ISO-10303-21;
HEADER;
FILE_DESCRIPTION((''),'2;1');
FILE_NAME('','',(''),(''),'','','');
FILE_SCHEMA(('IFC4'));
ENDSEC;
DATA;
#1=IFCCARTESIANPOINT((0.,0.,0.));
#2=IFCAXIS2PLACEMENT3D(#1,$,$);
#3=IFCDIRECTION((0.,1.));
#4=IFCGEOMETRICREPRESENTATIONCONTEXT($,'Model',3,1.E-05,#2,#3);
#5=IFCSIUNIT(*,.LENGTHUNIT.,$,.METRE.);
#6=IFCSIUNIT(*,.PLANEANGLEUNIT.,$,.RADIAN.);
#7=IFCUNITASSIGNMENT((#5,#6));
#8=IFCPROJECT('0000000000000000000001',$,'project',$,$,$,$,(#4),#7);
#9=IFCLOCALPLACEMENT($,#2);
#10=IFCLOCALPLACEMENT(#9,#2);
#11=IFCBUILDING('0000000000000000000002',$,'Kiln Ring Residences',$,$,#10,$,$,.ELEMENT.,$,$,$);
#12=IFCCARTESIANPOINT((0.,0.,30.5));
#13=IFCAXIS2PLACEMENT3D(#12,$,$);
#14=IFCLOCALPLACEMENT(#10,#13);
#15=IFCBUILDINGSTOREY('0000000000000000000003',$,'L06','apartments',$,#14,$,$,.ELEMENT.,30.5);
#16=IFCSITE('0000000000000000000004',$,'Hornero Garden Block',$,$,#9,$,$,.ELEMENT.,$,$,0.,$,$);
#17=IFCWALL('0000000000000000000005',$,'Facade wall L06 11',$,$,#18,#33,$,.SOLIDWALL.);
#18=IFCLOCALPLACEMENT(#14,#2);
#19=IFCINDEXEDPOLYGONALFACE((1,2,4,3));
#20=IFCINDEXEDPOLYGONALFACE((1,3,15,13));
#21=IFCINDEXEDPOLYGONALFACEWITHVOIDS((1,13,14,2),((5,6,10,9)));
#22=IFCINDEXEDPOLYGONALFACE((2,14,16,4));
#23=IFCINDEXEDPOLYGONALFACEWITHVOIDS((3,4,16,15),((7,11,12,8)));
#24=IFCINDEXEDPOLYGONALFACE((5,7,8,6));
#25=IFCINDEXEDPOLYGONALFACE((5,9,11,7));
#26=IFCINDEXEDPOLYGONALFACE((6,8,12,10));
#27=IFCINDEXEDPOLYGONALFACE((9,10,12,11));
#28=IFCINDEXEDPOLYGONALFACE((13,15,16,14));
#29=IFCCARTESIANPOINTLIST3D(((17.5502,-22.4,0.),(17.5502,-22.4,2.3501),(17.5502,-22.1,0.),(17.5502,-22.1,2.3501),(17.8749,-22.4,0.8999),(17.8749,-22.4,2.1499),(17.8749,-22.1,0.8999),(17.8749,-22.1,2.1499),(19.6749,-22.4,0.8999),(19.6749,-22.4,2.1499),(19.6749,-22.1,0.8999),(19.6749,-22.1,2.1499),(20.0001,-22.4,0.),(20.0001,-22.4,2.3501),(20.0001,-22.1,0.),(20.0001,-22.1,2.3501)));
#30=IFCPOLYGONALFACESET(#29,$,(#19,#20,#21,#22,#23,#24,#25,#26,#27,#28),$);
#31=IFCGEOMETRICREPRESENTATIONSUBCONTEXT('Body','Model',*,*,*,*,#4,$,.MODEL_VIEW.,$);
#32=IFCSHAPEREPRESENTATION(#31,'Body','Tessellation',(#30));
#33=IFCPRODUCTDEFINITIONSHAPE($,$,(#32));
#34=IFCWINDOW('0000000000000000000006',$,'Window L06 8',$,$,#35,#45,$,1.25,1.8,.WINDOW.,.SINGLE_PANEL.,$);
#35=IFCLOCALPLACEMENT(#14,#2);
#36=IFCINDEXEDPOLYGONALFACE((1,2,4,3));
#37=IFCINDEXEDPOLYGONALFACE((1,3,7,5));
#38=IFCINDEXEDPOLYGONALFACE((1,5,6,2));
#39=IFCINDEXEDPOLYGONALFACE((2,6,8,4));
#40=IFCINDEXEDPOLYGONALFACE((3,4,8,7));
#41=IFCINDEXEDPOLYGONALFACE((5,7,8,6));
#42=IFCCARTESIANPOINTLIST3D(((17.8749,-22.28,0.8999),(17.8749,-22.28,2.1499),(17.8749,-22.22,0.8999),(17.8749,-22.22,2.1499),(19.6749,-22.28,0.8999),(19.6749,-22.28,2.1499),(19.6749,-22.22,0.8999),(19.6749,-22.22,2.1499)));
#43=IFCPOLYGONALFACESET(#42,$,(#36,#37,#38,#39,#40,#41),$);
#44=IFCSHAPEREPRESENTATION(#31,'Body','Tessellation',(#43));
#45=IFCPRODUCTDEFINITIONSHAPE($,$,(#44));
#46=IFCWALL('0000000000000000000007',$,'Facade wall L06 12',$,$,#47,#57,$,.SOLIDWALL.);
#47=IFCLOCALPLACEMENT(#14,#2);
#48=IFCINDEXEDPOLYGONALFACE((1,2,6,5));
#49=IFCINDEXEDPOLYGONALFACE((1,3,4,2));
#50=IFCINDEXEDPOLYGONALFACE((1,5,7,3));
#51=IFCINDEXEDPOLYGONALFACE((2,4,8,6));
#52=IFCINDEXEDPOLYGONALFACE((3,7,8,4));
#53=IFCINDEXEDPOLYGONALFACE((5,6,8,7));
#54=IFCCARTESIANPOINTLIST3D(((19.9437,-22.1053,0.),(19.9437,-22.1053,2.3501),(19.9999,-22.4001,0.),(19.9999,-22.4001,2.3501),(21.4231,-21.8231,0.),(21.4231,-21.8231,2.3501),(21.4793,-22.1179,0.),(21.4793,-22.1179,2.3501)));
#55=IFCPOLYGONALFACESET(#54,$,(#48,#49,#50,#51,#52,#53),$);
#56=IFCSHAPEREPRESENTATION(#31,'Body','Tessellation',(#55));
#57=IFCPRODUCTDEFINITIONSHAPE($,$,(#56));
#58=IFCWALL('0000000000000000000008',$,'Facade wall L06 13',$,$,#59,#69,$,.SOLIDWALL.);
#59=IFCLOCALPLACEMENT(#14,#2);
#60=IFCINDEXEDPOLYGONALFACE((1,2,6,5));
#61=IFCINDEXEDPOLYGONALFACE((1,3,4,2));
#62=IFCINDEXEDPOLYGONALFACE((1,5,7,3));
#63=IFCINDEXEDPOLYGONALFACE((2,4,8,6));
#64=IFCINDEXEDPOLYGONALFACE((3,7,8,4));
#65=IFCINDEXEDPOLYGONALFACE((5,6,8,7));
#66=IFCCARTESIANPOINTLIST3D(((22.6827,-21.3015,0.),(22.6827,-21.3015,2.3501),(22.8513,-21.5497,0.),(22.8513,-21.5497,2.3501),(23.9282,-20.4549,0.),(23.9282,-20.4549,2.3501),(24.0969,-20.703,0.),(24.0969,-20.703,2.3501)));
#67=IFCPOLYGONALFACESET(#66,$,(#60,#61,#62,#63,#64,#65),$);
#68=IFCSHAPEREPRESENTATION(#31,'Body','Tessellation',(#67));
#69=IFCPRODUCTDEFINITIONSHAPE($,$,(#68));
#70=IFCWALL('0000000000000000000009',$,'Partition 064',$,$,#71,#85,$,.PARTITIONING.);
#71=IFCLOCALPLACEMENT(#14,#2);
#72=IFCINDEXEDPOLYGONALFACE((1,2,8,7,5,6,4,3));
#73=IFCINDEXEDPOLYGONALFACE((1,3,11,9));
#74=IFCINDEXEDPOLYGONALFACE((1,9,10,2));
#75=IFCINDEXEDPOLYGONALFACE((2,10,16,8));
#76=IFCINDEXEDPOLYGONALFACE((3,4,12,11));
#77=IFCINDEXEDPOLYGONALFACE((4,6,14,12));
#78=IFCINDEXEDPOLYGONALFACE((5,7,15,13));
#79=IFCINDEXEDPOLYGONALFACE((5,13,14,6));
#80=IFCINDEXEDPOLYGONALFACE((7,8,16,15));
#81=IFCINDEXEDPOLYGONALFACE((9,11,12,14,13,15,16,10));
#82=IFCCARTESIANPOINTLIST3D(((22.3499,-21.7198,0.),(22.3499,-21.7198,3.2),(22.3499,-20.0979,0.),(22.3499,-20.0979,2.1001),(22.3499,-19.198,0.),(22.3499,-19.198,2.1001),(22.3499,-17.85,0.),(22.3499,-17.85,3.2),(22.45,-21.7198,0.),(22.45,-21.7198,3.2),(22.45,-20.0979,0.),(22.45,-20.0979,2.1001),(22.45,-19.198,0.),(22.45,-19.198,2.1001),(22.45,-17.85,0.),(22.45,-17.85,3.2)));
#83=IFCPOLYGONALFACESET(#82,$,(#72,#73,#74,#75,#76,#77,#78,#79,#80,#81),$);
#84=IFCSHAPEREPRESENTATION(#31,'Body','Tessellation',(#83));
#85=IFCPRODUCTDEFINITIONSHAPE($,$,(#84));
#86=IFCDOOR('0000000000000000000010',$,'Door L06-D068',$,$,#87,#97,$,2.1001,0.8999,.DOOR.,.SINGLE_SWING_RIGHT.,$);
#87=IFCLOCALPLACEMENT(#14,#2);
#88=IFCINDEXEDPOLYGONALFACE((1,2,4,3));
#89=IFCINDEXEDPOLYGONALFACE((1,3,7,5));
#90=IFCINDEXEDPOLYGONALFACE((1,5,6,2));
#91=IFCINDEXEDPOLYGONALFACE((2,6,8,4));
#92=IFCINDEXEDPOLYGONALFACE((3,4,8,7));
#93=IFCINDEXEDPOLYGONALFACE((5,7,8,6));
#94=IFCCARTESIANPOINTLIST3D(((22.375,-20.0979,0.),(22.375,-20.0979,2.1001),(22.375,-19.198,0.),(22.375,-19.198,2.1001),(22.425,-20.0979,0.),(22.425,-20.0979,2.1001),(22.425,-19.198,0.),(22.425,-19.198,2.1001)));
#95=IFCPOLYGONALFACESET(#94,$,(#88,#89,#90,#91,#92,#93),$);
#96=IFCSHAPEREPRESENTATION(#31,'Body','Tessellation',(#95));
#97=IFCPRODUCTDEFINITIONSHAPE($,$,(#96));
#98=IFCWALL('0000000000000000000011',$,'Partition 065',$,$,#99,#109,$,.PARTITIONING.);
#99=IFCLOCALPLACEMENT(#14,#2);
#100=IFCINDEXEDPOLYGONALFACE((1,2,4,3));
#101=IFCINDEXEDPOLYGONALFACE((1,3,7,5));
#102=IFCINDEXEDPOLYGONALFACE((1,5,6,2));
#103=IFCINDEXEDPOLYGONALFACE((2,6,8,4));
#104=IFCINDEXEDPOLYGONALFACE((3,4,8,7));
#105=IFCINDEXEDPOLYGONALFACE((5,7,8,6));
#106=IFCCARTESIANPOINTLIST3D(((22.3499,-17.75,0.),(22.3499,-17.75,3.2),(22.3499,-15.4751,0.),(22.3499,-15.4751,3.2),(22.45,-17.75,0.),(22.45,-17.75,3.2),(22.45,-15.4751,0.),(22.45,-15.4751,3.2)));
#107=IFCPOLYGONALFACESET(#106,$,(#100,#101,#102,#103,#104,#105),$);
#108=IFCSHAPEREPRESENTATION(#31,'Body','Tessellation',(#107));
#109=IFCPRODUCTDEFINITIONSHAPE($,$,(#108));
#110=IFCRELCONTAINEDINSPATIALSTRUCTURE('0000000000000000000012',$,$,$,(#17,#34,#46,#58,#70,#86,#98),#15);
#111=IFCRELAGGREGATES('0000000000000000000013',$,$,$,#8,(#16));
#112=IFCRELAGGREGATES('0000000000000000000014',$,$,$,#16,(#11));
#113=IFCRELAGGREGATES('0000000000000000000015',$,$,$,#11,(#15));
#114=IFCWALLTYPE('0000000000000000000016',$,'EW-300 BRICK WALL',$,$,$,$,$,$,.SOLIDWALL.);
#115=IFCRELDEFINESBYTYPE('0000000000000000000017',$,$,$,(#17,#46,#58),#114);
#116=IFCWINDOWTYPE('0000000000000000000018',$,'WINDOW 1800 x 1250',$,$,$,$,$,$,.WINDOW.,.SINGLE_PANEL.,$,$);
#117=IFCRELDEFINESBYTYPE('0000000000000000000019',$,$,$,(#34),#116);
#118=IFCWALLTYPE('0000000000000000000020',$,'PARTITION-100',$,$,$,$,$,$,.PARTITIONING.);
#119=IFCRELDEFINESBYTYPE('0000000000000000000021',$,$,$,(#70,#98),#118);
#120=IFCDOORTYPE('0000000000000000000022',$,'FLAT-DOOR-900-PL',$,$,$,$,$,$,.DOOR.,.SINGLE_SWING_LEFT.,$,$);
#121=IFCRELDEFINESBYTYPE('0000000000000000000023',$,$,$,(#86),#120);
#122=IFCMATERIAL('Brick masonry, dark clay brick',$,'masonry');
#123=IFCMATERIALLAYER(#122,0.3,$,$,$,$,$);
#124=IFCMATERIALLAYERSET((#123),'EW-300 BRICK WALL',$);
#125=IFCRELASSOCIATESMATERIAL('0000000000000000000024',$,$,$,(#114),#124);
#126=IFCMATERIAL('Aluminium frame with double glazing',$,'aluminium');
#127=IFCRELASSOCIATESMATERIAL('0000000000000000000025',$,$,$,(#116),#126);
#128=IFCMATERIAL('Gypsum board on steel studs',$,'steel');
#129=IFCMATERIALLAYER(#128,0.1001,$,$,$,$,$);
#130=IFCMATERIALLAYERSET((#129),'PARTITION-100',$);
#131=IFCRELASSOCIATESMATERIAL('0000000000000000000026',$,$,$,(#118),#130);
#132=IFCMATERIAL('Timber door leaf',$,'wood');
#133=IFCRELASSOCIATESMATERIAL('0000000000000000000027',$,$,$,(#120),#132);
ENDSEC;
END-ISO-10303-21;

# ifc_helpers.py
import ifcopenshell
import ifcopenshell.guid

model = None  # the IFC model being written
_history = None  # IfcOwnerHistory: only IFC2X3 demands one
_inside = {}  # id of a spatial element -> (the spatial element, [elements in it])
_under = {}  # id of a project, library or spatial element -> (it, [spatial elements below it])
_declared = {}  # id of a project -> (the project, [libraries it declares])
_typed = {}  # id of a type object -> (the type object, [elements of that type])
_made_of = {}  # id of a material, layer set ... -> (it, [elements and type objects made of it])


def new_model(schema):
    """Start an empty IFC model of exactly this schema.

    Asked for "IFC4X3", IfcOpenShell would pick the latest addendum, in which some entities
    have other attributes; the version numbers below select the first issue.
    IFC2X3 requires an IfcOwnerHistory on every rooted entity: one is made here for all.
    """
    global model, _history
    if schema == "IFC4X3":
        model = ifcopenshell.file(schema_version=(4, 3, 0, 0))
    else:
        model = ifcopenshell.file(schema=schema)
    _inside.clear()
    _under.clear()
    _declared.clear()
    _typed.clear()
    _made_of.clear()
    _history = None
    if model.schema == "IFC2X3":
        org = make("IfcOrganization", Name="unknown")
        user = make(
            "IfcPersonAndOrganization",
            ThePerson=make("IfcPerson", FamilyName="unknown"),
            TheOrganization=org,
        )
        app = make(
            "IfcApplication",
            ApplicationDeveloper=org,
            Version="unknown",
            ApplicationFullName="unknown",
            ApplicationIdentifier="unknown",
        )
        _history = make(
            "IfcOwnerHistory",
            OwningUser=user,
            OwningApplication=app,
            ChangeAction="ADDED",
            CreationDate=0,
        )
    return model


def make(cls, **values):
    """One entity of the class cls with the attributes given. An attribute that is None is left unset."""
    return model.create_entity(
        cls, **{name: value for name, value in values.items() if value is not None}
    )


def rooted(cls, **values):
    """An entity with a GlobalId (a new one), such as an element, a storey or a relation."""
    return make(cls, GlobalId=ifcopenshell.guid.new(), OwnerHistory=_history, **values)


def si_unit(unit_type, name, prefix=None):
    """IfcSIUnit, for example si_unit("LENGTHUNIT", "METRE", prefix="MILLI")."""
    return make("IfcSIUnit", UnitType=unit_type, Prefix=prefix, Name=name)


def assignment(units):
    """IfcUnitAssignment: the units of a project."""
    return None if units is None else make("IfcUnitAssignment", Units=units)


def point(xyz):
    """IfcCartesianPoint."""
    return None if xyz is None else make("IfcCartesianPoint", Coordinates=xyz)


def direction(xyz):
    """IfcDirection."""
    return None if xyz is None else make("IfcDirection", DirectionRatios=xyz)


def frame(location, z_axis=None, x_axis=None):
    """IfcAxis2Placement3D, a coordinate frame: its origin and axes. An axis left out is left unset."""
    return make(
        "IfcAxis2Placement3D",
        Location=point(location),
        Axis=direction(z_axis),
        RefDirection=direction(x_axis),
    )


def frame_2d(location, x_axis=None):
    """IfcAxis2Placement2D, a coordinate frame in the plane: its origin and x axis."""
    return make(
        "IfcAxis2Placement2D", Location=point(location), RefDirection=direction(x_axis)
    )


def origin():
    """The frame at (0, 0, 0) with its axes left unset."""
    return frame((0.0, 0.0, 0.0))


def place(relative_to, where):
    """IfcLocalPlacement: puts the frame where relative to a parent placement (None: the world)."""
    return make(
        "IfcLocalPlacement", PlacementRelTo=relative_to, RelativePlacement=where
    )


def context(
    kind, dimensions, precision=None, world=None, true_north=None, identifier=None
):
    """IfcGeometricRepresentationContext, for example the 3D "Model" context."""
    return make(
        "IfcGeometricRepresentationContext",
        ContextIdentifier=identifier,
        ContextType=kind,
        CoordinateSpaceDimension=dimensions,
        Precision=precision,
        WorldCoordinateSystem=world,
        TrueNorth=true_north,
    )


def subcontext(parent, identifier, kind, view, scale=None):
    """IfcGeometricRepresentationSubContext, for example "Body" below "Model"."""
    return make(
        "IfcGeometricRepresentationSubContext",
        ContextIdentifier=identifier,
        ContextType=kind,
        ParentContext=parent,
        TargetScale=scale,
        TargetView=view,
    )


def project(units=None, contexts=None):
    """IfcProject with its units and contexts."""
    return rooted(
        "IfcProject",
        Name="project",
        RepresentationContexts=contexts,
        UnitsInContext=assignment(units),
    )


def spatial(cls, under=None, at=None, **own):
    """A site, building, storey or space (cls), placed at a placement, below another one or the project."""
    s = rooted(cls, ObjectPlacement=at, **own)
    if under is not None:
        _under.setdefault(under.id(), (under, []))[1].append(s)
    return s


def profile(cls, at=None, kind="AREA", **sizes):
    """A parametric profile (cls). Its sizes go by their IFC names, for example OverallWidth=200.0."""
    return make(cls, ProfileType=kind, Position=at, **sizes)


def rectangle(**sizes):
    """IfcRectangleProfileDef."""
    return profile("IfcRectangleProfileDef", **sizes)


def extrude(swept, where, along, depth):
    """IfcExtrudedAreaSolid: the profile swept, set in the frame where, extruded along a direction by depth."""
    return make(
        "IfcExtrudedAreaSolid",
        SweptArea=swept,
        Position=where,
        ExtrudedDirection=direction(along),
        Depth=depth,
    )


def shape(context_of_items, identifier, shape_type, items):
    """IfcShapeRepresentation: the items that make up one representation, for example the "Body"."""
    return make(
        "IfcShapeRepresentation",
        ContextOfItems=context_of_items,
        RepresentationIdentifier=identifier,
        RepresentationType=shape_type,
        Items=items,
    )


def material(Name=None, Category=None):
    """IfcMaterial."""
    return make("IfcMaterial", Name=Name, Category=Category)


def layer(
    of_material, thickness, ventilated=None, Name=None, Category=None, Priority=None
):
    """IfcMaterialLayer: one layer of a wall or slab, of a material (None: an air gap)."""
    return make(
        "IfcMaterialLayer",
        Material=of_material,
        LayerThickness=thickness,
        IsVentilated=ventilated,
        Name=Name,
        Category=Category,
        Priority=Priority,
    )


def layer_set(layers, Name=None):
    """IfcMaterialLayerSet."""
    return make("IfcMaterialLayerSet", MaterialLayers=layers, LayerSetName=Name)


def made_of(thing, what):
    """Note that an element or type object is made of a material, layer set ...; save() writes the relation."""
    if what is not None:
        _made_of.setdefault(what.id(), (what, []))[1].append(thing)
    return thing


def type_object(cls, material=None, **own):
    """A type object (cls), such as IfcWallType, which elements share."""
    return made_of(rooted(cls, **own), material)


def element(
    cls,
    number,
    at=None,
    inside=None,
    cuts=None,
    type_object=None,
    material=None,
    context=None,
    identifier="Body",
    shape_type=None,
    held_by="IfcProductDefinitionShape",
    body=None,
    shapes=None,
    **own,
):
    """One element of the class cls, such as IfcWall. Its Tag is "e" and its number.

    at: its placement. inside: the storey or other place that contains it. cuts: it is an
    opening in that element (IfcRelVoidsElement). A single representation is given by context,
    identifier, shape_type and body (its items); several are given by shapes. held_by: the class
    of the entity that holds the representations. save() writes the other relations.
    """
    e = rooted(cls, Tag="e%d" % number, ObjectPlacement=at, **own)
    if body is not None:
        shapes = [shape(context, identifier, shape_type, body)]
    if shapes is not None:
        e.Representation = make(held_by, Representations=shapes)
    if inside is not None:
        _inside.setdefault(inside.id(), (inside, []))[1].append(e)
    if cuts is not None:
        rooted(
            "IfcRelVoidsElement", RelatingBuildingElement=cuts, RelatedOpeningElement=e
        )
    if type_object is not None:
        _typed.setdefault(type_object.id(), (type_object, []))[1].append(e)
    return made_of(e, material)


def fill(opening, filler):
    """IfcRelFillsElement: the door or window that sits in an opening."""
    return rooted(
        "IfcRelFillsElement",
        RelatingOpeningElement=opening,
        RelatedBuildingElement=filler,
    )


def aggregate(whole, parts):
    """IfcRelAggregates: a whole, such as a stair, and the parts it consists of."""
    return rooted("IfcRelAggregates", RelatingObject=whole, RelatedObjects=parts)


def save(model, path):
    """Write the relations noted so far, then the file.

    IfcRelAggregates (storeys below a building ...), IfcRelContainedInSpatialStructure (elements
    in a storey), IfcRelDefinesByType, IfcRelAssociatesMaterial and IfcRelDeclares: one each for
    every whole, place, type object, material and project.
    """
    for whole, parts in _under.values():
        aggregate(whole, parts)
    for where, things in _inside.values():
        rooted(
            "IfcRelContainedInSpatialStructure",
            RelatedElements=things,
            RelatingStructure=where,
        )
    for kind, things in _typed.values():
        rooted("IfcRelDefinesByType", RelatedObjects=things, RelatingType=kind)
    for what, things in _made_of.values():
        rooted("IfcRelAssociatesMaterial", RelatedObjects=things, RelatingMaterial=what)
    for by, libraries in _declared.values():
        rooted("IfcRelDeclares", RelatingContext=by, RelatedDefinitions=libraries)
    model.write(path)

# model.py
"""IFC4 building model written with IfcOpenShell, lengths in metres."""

from ifc_helpers import new_model, si_unit, direction, frame, frame_2d, origin, place, context, subcontext, project, spatial, rectangle, extrude, material, layer, layer_set, type_object, element, fill, save


model = new_model("IFC4")

# Units and contexts
model_context = context("Model", 3, precision=1e-05, world=origin(), true_north=direction((0.0, 1.0)))
body_context = subcontext(model_context, "Body", "Model", "MODEL_VIEW")
ifc_project = project(units=[si_unit("LENGTHUNIT", "METRE"), si_unit("PLANEANGLEUNIT", "RADIAN")], contexts=[model_context])

# Site, building, storey
site_placement = place(None, origin())
site = spatial("IfcSite", under=ifc_project, at=site_placement, Name="Hornero Garden Block", CompositionType="ELEMENT", RefElevation=0.0)
building_placement = place(site_placement, origin())
building = spatial("IfcBuilding", under=site, at=building_placement, Name="Kiln Ring Residences", CompositionType="ELEMENT")
storey_placement = place(building_placement, frame((0.0, 0.0, 30.5)))
storey = spatial("IfcBuildingStorey", under=building, at=storey_placement, Name="L06", Description="apartments", CompositionType="ELEMENT", Elevation=30.5)

# Wall, opening, window
ifc_material_1 = material(Name="Brick masonry, dark clay brick", Category="masonry")
ifc_layer_1 = layer(ifc_material_1, 0.3)
ifc_layer_set_1 = layer_set([ifc_layer_1], Name="EW-300 BRICK WALL")
wall_type_1 = type_object("IfcWallType", Name="EW-300 BRICK WALL", PredefinedType="SOLIDWALL", material=ifc_layer_set_1)
wall_1_placement = place(storey_placement, frame((17.55, -22.25, 0.0), z_axis=(0.0, 0.0, 1.0), x_axis=(1.0, 0.0, 0.0)))
wall_1 = element("IfcWall", 1, at=wall_1_placement, inside=storey, type_object=wall_type_1, Name="Facade wall L06 11", PredefinedType="SOLIDWALL", context=body_context, shape_type="SweptSolid", body=[
    extrude(rectangle(XDim=2.45, YDim=0.3, at=frame_2d((1.2251, 0.0))), origin(), (0.0, 0.0, 1.0), 2.3501),
])
opening_1_placement = place(wall_1_placement, frame((0.325, 0.0, 0.8999)))
opening_1 = element("IfcOpeningElement", 2, at=opening_1_placement, cuts=wall_1, PredefinedType="OPENING", context=body_context, shape_type="SweptSolid", body=[
    extrude(rectangle(XDim=1.8, YDim=1.25, at=frame_2d((0.8999, 0.625))), frame((0.0, 0.1599, 0.0), z_axis=(0.0, -1.0, 0.0), x_axis=(1.0, 0.0, 0.0)), (0.0, 0.0, 1.0), 0.3201),
])
ifc_material_2 = material(Name="Aluminium frame with double glazing", Category="aluminium")
window_type = type_object("IfcWindowType", Name="WINDOW 1800 x 1250", PartitioningType="SINGLE_PANEL", PredefinedType="WINDOW", material=ifc_material_2)
window_placement = place(opening_1_placement, origin())
window = element("IfcWindow", 3, at=window_placement, inside=storey, type_object=window_type, Name="Window L06 8", OverallHeight=1.25, OverallWidth=1.8, PartitioningType="SINGLE_PANEL", PredefinedType="WINDOW", context=body_context, shape_type="SweptSolid", body=[
    extrude(rectangle(XDim=1.8, YDim=1.25, at=frame_2d((0.8999, 0.625))), frame((0.0, 0.03, 0.0), z_axis=(0.0, -1.0, 0.0), x_axis=(1.0, 0.0, 0.0)), (0.0, 0.0, 1.0), 0.0601),
])
fill(opening_1, window)

# Walls
for number, where, z_axis, x_axis, name in (
    (4, (19.9719, -22.2527, 0.0), (0.0, 0.0, 1.0), (0.982287, 0.18738, 0.0), "Facade wall L06 12"),
    (5, (22.7671, -21.4255, 0.0), (0.0, 0.0, 1.0), (0.827029, 0.562159, 0.0), "Facade wall L06 13"),
):
    element("IfcWall", number, at=place(storey_placement, frame(where, z_axis=z_axis, x_axis=x_axis)), inside=storey, type_object=wall_type_1, Name=name, PredefinedType="SOLIDWALL", context=body_context, shape_type="SweptSolid", body=[
        extrude(rectangle(XDim=1.5061, YDim=0.3, at=frame_2d((0.7529, 0.0))), origin(), (0.0, 0.0, 1.0), 2.3501),
    ])

# Wall, opening, door
ifc_material_3 = material(Name="Gypsum board on steel studs", Category="steel")
ifc_layer_2 = layer(ifc_material_3, 0.1001)
ifc_layer_set_2 = layer_set([ifc_layer_2], Name="PARTITION-100")
wall_type_2 = type_object("IfcWallType", Name="PARTITION-100", PredefinedType="PARTITIONING", material=ifc_layer_set_2)
wall_2_placement = place(storey_placement, frame((22.3999, -21.72, 0.0), z_axis=(0.0, 0.0, 1.0), x_axis=(0.0, 1.0, 0.0)))
wall_2 = element("IfcWall", 6, at=wall_2_placement, inside=storey, type_object=wall_type_2, Name="Partition 064", PredefinedType="PARTITIONING", context=body_context, shape_type="SweptSolid", body=[
    extrude(rectangle(XDim=3.8699, YDim=0.1001, at=frame_2d((1.9351, 0.0))), origin(), (0.0, 0.0, 1.0), 3.2),
])
opening_2_placement = place(wall_2_placement, frame((1.6221, 0.0, 0.0)))
opening_2 = element("IfcOpeningElement", 7, at=opening_2_placement, cuts=wall_2, PredefinedType="OPENING", context=body_context, shape_type="SweptSolid", body=[
    extrude(rectangle(XDim=0.8999, YDim=2.1001, at=frame_2d((0.45, 1.05))), frame((0.0, 0.0601, 0.0), z_axis=(0.0, -1.0, 0.0), x_axis=(1.0, 0.0, 0.0)), (0.0, 0.0, 1.0), 0.1201),
])
ifc_material_4 = material(Name="Timber door leaf", Category="wood")
door_type_1 = type_object("IfcDoorType", Name="FLAT-DOOR-900-PL", OperationType="SINGLE_SWING_LEFT", PredefinedType="DOOR", material=ifc_material_4)
door_1_placement = place(opening_2_placement, origin())
door_1 = element("IfcDoor", 8, at=door_1_placement, inside=storey, type_object=door_type_1, Name="Door L06-D068", OperationType="SINGLE_SWING_RIGHT", OverallHeight=2.1001, OverallWidth=0.8999, PredefinedType="DOOR", context=body_context, shape_type="SweptSolid", body=[
    extrude(rectangle(XDim=0.8999, YDim=2.1001, at=frame_2d((0.45, 1.05))), frame((0.0, 0.0249, 0.0), z_axis=(0.0, -1.0, 0.0), x_axis=(1.0, 0.0, 0.0)), (0.0, 0.0, 1.0), 0.05),
])
fill(opening_2, door_1)

# Wall
wall_3_placement = place(storey_placement, frame((22.3999, -17.75, 0.0), z_axis=(0.0, 0.0, 1.0), x_axis=(0.0, 1.0, 0.0)))
element("IfcWall", 9, at=wall_3_placement, inside=storey, type_object=wall_type_2, Name="Partition 065", PredefinedType="PARTITIONING", context=body_context, shape_type="SweptSolid", body=[
    extrude(rectangle(XDim=2.2749, YDim=0.1001, at=frame_2d((1.1375, 0.0))), origin(), (0.0, 0.0, 1.0), 3.2),
])

save(model, "model.ifc")
